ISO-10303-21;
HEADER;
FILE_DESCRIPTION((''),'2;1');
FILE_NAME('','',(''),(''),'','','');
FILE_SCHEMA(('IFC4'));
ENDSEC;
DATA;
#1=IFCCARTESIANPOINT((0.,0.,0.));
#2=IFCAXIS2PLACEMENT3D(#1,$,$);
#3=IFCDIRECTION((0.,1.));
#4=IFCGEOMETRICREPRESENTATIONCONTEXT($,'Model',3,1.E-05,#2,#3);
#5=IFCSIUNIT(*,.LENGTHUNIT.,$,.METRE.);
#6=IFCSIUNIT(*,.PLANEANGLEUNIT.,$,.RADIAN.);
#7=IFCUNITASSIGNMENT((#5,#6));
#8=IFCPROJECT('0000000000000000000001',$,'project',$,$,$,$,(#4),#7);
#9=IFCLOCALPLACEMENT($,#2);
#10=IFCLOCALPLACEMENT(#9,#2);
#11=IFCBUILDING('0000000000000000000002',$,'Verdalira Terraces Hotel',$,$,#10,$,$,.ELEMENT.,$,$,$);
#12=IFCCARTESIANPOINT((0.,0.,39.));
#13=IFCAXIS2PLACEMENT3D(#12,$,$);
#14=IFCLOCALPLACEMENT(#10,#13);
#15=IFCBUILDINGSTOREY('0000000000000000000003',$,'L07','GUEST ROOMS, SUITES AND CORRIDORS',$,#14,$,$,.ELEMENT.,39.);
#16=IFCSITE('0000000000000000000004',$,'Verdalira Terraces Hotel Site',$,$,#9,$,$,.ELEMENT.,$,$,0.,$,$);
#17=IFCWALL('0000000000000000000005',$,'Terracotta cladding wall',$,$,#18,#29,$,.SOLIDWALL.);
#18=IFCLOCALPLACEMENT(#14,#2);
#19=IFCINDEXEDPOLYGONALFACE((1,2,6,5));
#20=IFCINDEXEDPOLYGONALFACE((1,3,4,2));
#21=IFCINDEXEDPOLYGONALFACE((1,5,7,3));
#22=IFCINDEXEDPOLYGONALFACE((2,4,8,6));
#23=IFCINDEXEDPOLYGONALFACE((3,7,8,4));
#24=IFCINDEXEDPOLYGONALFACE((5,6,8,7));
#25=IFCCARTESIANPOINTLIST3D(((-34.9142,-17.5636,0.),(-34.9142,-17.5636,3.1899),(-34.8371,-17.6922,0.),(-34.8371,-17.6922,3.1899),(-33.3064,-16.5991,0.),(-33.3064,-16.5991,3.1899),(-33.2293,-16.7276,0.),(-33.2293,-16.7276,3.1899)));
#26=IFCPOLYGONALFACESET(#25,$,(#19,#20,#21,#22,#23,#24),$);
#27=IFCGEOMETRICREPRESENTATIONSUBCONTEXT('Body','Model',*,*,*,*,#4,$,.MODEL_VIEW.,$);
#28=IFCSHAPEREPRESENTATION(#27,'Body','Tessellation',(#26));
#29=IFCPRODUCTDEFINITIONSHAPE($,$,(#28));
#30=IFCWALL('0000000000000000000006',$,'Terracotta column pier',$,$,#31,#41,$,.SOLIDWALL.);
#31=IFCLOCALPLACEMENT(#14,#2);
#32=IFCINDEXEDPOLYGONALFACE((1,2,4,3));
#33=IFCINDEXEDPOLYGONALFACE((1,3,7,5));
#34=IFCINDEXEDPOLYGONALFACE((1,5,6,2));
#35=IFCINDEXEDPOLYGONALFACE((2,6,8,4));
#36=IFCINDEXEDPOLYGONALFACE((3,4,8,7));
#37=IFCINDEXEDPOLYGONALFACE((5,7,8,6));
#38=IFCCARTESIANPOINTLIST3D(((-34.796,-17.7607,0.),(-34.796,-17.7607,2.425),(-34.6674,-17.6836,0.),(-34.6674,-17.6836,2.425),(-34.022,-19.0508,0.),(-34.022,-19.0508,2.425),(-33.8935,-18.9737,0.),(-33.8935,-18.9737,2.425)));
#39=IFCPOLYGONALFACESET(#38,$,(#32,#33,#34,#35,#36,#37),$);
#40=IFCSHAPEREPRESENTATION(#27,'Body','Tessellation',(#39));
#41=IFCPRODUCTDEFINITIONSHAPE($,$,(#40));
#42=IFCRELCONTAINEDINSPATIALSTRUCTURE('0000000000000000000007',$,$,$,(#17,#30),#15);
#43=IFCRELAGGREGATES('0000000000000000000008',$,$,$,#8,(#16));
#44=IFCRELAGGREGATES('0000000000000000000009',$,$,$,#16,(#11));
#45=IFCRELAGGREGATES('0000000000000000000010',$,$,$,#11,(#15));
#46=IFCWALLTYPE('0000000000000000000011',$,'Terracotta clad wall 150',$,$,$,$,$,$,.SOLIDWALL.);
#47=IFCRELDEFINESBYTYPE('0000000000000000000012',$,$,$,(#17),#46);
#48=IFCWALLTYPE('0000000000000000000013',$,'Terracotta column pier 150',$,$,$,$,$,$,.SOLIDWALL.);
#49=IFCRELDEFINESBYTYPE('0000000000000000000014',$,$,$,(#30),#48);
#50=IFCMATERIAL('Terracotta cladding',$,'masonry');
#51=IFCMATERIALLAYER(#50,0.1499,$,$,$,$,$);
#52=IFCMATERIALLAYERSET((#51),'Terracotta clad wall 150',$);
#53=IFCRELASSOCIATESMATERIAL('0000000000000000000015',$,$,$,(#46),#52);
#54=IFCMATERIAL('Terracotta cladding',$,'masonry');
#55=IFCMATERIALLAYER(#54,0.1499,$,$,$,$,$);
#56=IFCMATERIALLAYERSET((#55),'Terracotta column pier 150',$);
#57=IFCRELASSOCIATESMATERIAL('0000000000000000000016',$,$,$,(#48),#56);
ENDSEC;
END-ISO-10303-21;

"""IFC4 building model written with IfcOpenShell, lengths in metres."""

from ifc_helpers import new_model, si_unit, direction, frame, frame_2d, origin, place, context, subcontext, project, spatial, rectangle, extrude, material, layer, layer_set, type_object, element, save


model = new_model("IFC4")

# Units and contexts
model_context = context("Model", 3, precision=1e-05, world=origin(), true_north=direction((0.0, 1.0)))
body_context = subcontext(model_context, "Body", "Model", "MODEL_VIEW")
ifc_project = project(units=[si_unit("LENGTHUNIT", "METRE"), si_unit("PLANEANGLEUNIT", "RADIAN")], contexts=[model_context])

# Site, building, storey
site_placement = place(None, origin())
site = spatial("IfcSite", under=ifc_project, at=site_placement, Name="Verdalira Terraces Hotel Site", CompositionType="ELEMENT", RefElevation=0.0)
building_placement = place(site_placement, origin())
building = spatial("IfcBuilding", under=site, at=building_placement, Name="Verdalira Terraces Hotel", CompositionType="ELEMENT")
storey_placement = place(building_placement, frame((0.0, 0.0, 39.0)))
storey = spatial("IfcBuildingStorey", under=building, at=storey_placement, Name="L07", Description="GUEST ROOMS, SUITES AND CORRIDORS", CompositionType="ELEMENT", Elevation=39.0)

# Walls
ifc_material_1 = material(Name="Terracotta cladding", Category="masonry")
ifc_layer_1 = layer(ifc_material_1, 0.1499)
ifc_layer_set_1 = layer_set([ifc_layer_1], Name="Terracotta clad wall 150")
wall_type_1 = type_object("IfcWallType", Name="Terracotta clad wall 150", PredefinedType="SOLIDWALL", material=ifc_layer_set_1)
for number, where, z_axis, x_axis, name in (
    (1, (-33.2678, -16.6633, 0.0), (0.0, 0.0, 1.0), (-0.857527, -0.514438, 0.0), "Terracotta cladding wall"),
):
    element("IfcWall", number, at=place(storey_placement, frame(where, z_axis=z_axis, x_axis=x_axis)), inside=storey, type_object=wall_type_1, Name=name, PredefinedType="SOLIDWALL", context=body_context, shape_type="SweptSolid", body=[
        extrude(rectangle(XDim=1.875, YDim=0.1499, at=frame_2d((0.9375, 0.0))), origin(), (0.0, 0.0, 1.0), 3.1899),
    ])
ifc_material_2 = material(Name="Terracotta cladding", Category="masonry")
ifc_layer_2 = layer(ifc_material_2, 0.1499)
ifc_layer_set_2 = layer_set([ifc_layer_2], Name="Terracotta column pier 150")
wall_type_2 = type_object("IfcWallType", Name="Terracotta column pier 150", PredefinedType="SOLIDWALL", material=ifc_layer_set_2)
wall_1_placement = place(storey_placement, frame((-34.7317, -17.7222, 0.0), z_axis=(0.0, 0.0, 1.0), x_axis=(0.514448, -0.857522, 0.0)))
element("IfcWall", 2, at=wall_1_placement, inside=storey, type_object=wall_type_2, Name="Terracotta column pier", PredefinedType="SOLIDWALL", context=body_context, shape_type="SweptSolid", body=[
    extrude(rectangle(XDim=1.5044, YDim=0.1499, at=frame_2d((0.7522, 0.0))), origin(), (0.0, 0.0, 1.0), 2.425),
])

save(model, "model.ifc")
